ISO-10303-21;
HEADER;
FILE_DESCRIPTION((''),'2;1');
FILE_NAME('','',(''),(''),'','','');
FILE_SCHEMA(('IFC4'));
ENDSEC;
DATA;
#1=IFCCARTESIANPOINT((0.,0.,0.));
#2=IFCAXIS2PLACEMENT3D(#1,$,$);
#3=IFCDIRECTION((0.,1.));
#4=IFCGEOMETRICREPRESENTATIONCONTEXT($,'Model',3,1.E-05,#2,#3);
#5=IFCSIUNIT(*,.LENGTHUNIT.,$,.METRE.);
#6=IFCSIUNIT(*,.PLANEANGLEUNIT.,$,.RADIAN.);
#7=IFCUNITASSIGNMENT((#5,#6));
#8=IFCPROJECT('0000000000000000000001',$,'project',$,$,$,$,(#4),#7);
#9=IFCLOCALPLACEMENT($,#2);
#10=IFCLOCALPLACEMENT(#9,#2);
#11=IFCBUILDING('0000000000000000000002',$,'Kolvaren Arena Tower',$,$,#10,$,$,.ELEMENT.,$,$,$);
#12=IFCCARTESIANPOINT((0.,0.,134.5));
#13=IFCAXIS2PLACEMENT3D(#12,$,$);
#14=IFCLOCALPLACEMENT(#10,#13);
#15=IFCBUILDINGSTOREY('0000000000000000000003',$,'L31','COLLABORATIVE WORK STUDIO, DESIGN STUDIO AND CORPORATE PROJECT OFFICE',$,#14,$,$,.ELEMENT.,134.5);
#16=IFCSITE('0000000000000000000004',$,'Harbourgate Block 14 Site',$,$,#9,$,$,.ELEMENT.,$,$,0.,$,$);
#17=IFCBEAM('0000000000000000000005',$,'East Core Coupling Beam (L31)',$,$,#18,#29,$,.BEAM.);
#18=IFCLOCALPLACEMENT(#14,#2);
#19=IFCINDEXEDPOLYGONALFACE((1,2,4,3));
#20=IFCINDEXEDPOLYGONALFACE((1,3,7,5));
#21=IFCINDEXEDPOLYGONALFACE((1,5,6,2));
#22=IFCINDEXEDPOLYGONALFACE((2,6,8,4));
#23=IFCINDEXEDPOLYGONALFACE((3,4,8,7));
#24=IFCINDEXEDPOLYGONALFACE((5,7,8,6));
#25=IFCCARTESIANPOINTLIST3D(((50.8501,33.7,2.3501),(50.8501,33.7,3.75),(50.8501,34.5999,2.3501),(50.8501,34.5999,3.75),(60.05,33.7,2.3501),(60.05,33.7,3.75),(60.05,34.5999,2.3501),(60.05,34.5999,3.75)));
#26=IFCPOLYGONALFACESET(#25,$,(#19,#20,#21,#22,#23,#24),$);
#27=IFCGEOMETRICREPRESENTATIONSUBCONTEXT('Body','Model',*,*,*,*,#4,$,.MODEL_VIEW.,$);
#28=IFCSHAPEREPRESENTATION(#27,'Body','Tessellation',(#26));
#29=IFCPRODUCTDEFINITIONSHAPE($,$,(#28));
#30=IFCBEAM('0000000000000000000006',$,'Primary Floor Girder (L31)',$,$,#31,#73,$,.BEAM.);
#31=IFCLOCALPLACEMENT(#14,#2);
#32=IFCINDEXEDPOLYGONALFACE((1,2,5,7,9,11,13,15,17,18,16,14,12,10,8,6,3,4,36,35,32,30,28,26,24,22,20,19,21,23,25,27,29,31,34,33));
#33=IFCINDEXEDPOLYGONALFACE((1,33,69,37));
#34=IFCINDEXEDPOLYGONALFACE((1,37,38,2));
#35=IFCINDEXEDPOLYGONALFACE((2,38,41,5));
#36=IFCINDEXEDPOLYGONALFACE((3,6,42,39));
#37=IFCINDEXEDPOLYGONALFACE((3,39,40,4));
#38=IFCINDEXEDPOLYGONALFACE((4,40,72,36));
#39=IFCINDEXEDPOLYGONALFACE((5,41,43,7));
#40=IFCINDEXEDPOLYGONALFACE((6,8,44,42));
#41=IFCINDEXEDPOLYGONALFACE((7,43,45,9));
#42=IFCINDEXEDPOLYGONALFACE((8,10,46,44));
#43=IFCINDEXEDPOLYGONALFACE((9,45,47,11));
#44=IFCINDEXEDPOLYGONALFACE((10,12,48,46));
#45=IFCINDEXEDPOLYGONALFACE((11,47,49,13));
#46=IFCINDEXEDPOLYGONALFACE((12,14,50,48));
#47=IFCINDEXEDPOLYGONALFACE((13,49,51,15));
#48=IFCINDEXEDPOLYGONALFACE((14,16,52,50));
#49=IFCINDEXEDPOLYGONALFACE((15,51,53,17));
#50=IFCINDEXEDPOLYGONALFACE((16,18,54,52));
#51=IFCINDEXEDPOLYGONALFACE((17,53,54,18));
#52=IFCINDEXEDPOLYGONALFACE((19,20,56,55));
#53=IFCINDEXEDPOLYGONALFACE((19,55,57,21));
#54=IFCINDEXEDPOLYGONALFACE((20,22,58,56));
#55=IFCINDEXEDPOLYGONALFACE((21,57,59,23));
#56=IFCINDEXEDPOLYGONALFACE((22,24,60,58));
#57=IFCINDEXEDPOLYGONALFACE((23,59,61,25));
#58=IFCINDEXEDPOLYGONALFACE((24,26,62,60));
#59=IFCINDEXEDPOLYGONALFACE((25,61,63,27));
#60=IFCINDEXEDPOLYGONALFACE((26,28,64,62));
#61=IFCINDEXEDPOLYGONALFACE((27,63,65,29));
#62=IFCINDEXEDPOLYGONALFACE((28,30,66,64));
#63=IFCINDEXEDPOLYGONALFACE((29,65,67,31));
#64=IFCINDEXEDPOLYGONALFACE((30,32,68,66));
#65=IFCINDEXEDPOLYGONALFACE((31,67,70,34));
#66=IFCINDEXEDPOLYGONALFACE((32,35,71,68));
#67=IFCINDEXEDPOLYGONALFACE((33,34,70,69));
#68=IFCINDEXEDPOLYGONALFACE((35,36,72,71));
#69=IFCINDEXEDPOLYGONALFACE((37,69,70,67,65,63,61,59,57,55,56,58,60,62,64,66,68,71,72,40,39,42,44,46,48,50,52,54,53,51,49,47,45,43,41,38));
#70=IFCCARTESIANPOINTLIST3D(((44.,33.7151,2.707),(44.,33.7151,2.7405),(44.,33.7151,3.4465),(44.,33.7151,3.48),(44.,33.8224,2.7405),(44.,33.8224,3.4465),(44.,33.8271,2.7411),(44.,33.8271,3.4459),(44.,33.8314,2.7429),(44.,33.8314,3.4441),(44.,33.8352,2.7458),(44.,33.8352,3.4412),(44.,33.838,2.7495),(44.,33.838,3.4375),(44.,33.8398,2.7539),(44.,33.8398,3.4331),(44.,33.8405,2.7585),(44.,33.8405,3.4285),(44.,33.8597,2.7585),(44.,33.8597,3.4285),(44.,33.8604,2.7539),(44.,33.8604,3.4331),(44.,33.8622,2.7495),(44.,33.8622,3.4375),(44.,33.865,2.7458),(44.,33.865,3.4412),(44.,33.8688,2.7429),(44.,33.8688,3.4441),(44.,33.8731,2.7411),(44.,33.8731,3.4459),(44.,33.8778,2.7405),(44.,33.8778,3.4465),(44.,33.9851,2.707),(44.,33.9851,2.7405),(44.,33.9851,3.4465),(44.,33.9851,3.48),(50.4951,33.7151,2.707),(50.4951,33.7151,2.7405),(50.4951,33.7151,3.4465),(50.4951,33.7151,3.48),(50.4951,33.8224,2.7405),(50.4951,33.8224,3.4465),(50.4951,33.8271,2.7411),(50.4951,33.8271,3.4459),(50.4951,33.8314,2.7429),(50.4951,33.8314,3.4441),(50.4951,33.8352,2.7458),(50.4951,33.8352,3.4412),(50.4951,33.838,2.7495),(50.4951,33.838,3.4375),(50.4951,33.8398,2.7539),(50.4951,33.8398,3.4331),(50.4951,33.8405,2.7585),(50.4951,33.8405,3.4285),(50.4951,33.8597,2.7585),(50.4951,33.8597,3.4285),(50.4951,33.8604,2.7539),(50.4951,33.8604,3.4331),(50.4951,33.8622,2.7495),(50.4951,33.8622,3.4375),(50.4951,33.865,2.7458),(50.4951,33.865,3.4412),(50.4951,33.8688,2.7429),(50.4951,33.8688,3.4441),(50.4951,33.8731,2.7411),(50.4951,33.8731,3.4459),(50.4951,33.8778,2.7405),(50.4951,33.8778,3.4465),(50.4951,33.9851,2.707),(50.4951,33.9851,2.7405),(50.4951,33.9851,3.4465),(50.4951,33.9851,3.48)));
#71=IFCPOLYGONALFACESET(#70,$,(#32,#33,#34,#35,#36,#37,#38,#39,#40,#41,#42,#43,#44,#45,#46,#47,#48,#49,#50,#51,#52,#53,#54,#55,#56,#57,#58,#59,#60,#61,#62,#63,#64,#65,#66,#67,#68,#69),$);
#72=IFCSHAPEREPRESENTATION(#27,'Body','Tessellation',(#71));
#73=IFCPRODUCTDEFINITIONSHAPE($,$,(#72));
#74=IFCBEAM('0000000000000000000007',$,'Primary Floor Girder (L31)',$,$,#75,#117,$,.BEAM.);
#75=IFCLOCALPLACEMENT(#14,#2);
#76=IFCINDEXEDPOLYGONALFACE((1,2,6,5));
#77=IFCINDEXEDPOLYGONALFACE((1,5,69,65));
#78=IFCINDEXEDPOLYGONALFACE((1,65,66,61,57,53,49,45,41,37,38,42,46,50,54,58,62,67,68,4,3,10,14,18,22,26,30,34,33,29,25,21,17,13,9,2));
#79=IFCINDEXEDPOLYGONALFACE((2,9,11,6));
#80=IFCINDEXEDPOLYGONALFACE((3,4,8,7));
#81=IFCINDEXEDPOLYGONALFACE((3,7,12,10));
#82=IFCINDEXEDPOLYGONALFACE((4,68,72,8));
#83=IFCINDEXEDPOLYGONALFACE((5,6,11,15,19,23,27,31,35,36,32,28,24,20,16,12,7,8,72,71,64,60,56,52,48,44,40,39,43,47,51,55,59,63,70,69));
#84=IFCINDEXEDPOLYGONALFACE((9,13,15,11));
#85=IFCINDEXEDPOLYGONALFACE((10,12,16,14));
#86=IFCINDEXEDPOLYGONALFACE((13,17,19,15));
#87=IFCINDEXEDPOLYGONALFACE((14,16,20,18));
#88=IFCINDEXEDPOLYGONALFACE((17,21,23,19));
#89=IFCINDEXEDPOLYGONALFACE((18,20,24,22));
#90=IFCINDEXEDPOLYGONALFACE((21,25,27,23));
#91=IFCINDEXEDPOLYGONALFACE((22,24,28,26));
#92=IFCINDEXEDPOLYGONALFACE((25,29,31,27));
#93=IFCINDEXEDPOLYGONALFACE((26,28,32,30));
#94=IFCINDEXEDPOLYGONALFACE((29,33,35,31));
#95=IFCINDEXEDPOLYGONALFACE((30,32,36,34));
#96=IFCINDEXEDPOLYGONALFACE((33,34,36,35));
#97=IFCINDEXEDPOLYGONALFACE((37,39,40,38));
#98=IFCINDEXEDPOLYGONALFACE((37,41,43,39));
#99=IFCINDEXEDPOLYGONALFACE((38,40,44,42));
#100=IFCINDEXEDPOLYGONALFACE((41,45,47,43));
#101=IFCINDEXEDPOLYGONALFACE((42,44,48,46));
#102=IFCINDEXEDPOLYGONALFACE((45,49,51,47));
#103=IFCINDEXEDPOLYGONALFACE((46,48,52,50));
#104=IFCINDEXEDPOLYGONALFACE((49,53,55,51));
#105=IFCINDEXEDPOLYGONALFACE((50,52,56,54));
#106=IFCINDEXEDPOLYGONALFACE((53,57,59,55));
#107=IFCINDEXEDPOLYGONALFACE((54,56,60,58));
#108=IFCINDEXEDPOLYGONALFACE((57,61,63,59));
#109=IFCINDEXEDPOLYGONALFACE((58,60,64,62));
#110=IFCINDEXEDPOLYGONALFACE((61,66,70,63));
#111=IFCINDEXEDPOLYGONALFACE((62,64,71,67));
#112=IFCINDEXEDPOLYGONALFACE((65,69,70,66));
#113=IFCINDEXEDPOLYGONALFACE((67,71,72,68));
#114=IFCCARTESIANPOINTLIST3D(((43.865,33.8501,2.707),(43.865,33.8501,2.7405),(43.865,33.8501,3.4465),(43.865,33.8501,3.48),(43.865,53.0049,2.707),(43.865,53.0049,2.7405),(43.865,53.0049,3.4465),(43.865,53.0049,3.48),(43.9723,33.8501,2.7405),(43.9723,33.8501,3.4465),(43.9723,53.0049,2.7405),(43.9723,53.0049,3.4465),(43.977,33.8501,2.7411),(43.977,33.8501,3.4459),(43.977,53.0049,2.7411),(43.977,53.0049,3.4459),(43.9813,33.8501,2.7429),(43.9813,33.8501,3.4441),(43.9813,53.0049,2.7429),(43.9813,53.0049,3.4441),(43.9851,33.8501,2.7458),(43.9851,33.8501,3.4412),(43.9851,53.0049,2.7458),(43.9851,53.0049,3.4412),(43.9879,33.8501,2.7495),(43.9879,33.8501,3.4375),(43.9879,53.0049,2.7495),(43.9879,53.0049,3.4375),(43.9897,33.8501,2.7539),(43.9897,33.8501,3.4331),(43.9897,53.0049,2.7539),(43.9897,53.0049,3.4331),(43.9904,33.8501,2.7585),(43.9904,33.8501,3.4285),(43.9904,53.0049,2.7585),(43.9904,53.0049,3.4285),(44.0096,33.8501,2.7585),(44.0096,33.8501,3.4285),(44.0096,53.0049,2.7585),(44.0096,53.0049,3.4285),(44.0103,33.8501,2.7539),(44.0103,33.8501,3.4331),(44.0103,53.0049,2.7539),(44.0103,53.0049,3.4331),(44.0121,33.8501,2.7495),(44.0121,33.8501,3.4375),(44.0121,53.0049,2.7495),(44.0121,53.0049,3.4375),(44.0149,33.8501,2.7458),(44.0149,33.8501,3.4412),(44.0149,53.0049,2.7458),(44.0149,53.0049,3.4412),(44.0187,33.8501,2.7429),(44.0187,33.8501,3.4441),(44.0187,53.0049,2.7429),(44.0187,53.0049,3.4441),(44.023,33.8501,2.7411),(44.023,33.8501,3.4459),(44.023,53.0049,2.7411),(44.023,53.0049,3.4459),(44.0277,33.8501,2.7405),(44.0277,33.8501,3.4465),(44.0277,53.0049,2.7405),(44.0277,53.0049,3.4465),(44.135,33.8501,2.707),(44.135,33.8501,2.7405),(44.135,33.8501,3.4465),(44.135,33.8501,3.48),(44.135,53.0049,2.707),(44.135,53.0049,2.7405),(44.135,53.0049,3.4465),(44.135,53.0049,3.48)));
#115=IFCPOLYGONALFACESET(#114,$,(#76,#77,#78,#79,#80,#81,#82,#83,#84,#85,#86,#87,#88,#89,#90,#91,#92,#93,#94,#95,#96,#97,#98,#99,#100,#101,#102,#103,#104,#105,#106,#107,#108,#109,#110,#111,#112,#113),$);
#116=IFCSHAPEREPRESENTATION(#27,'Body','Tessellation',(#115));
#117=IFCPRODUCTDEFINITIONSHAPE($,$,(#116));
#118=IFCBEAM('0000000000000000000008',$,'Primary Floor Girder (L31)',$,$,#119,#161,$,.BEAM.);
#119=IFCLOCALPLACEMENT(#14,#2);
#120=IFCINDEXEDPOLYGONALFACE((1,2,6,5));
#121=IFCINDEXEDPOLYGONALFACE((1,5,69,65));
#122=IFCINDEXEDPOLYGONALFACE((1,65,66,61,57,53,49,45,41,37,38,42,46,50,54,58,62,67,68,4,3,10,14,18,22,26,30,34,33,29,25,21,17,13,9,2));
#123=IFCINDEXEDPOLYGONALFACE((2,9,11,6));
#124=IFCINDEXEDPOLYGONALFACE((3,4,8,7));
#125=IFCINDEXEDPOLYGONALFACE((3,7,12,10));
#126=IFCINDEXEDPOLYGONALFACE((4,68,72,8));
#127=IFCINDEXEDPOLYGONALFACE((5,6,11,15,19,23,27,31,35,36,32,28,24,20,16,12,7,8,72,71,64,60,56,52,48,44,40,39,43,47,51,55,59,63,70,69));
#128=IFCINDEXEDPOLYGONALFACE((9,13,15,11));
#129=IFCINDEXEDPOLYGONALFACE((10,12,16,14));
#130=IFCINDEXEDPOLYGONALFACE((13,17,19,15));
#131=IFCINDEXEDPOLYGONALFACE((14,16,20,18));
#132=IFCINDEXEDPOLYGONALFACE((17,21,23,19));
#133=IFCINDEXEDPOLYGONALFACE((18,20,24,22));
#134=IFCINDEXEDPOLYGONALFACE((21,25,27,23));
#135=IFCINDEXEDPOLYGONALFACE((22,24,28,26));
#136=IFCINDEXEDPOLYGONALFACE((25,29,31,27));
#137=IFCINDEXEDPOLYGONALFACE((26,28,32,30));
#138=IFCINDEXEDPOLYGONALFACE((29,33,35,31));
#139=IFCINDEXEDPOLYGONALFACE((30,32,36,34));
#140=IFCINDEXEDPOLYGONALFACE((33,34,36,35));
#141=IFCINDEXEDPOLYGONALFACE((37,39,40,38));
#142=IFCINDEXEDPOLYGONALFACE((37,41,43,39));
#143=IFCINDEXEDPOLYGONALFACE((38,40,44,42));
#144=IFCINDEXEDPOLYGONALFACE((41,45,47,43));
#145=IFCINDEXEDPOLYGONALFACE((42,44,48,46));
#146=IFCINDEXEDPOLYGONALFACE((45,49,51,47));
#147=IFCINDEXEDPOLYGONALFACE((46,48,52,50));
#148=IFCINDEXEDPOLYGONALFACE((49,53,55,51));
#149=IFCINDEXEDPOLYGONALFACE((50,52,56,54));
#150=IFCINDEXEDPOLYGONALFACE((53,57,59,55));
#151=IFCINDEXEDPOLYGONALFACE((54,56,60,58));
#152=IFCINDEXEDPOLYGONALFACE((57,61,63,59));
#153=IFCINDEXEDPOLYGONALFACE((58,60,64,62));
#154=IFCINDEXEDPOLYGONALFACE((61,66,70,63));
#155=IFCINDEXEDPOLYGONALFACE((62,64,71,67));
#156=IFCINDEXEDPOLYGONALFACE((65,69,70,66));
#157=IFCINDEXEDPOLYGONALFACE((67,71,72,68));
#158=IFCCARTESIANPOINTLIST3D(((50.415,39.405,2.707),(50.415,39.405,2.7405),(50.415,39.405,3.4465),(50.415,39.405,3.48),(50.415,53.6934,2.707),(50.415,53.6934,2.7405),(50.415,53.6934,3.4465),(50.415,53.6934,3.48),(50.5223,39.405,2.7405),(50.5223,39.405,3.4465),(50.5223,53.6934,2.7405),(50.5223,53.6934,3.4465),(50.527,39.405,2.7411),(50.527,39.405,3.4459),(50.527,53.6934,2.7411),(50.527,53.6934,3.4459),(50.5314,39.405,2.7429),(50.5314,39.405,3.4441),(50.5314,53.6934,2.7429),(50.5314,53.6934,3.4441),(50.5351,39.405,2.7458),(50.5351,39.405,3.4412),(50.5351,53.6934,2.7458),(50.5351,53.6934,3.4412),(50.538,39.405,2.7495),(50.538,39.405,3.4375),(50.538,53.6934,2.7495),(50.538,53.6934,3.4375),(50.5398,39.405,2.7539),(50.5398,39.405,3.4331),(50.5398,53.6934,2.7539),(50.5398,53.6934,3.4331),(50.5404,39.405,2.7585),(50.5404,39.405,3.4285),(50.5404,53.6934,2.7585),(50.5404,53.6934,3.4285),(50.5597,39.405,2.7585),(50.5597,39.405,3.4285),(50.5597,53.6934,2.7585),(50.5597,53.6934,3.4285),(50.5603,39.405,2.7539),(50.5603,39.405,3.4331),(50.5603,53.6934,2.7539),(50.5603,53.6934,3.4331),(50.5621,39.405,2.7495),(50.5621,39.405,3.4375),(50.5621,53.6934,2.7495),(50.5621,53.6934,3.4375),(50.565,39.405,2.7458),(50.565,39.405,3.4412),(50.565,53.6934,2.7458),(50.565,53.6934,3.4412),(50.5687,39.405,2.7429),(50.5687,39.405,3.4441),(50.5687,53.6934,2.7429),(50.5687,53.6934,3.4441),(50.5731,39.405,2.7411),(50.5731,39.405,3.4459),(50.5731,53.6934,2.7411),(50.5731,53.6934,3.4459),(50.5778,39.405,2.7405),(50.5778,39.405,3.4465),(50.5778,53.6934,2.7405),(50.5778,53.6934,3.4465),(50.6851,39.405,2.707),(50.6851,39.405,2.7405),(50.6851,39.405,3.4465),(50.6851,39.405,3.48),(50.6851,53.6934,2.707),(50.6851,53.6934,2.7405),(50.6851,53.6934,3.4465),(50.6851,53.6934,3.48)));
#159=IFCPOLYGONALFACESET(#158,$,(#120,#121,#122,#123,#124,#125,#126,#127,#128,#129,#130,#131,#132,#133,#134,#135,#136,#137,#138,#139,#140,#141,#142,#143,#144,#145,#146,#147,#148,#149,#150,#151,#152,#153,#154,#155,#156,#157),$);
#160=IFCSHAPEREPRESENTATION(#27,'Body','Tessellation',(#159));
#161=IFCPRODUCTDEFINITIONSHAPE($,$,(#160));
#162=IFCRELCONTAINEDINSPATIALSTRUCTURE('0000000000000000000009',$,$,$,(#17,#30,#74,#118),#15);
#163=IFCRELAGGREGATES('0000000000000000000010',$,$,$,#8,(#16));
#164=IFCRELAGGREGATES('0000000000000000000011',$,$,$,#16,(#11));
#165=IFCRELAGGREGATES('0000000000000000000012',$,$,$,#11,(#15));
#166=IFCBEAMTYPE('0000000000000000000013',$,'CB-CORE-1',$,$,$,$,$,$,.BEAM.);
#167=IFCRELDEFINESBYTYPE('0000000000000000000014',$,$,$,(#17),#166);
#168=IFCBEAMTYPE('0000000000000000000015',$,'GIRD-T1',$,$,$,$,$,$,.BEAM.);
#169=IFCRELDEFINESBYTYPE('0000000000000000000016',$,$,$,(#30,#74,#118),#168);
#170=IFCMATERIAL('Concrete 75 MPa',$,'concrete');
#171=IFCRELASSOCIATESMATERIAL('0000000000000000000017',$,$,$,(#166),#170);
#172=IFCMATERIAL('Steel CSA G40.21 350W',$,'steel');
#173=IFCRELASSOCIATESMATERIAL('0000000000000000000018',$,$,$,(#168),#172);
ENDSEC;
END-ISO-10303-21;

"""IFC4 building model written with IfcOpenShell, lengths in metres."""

from ifc_helpers import new_model, si_unit, direction, frame, origin, origin_2d, place, context, subcontext, project, spatial, rectangle, i_section, extrude, material, material_profile, profile_set, type_object, element, save


model = new_model("IFC4")

# Units and contexts
model_context = context("Model", 3, precision=1e-05, world=origin(), true_north=direction((0.0, 1.0)))
body_context = subcontext(model_context, "Body", "Model", "MODEL_VIEW")
ifc_project = project(units=[si_unit("LENGTHUNIT", "METRE"), si_unit("PLANEANGLEUNIT", "RADIAN")], contexts=[model_context])

# Site, building, storey
site_placement = place(None, origin())
site = spatial("IfcSite", under=ifc_project, at=site_placement, Name="Harbourgate Block 14 Site", CompositionType="ELEMENT", RefElevation=0.0)
building_placement = place(site_placement, origin())
building = spatial("IfcBuilding", under=site, at=building_placement, Name="Kolvaren Arena Tower", CompositionType="ELEMENT")
storey_placement = place(building_placement, frame((0.0, 0.0, 134.5)))
storey = spatial("IfcBuildingStorey", under=building, at=storey_placement, Name="L31", Description="COLLABORATIVE WORK STUDIO, DESIGN STUDIO AND CORPORATE PROJECT OFFICE", CompositionType="ELEMENT", Elevation=134.5)

# Beams
ifc_material_1 = material(Name="Steel CSA G40.21 350W", Category="steel")
ifc_material_2 = material(Name="Concrete 75 MPa", Category="concrete")
ifc_material_profile_1 = material_profile(ifc_material_2, rectangle(XDim=0.8999, YDim=1.3999, at=origin_2d()), Name="RC-900x1400")
ifc_profile_set_1 = profile_set([ifc_material_profile_1], Name="Concrete 75 MPa")
beam_type_1 = type_object("IfcBeamType", Name="CB-CORE-1", PredefinedType="BEAM", material=ifc_profile_set_1)
beam_1_placement = place(storey_placement, frame((50.8501, 34.1499, 3.05), z_axis=(1.0, 0.0, 0.0), x_axis=(0.0, 1.0, 0.0)))
element("IfcBeam", 1, at=beam_1_placement, inside=storey, type_object=beam_type_1, Name="East Core Coupling Beam (L31)", PredefinedType="BEAM", context=body_context, shape_type="SweptSolid", body=[
    extrude(rectangle(XDim=0.8999, YDim=1.3999, at=origin_2d()), origin(), (0.0, 0.0, 1.0), 9.2),
])
ifc_material_profile_2 = material_profile(ifc_material_1, i_section(OverallWidth=0.27, OverallDepth=0.7729, WebThickness=0.0193, FlangeThickness=0.0334, FilletRadius=0.0181, at=origin_2d()), Name="W760x257")
ifc_profile_set_2 = profile_set([ifc_material_profile_2], Name="Steel CSA G40.21 350W")
beam_type_2 = type_object("IfcBeamType", Name="GIRD-T1", PredefinedType="BEAM", material=ifc_profile_set_2)
beam_2_placement = place(storey_placement, frame((44.0, 33.8501, 3.0935), z_axis=(1.0, 0.0, 0.0), x_axis=(0.0, 1.0, 0.0)))
element("IfcBeam", 2, at=beam_2_placement, inside=storey, type_object=beam_type_2, Name="Primary Floor Girder (L31)", PredefinedType="BEAM", context=body_context, shape_type="SweptSolid", body=[
    extrude(i_section(OverallWidth=0.27, OverallDepth=0.7729, WebThickness=0.0193, FlangeThickness=0.0334, FilletRadius=0.0181, at=origin_2d()), origin(), (0.0, 0.0, 1.0), 6.4951),
])
beam_3_placement = place(storey_placement, frame((44.0, 33.8501, 3.0935), z_axis=(0.0, 1.0, 0.0), x_axis=(-1.0, 0.0, 0.0)))
element("IfcBeam", 3, at=beam_3_placement, inside=storey, type_object=beam_type_2, Name="Primary Floor Girder (L31)", PredefinedType="BEAM", context=body_context, shape_type="SweptSolid", body=[
    extrude(i_section(OverallWidth=0.27, OverallDepth=0.7729, WebThickness=0.0193, FlangeThickness=0.0334, FilletRadius=0.0181, at=origin_2d()), origin(), (0.0, 0.0, 1.0), 19.1548),
])
beam_4_placement = place(storey_placement, frame((50.55, 39.405, 3.0935), z_axis=(0.0, 1.0, 0.0), x_axis=(-1.0, 0.0, 0.0)))
element("IfcBeam", 4, at=beam_4_placement, inside=storey, type_object=beam_type_2, Name="Primary Floor Girder (L31)", PredefinedType="BEAM", context=body_context, shape_type="SweptSolid", body=[
    extrude(i_section(OverallWidth=0.27, OverallDepth=0.7729, WebThickness=0.0193, FlangeThickness=0.0334, FilletRadius=0.0181, at=origin_2d()), origin(), (0.0, 0.0, 1.0), 14.2883),
])

save(model, "model.ifc")
